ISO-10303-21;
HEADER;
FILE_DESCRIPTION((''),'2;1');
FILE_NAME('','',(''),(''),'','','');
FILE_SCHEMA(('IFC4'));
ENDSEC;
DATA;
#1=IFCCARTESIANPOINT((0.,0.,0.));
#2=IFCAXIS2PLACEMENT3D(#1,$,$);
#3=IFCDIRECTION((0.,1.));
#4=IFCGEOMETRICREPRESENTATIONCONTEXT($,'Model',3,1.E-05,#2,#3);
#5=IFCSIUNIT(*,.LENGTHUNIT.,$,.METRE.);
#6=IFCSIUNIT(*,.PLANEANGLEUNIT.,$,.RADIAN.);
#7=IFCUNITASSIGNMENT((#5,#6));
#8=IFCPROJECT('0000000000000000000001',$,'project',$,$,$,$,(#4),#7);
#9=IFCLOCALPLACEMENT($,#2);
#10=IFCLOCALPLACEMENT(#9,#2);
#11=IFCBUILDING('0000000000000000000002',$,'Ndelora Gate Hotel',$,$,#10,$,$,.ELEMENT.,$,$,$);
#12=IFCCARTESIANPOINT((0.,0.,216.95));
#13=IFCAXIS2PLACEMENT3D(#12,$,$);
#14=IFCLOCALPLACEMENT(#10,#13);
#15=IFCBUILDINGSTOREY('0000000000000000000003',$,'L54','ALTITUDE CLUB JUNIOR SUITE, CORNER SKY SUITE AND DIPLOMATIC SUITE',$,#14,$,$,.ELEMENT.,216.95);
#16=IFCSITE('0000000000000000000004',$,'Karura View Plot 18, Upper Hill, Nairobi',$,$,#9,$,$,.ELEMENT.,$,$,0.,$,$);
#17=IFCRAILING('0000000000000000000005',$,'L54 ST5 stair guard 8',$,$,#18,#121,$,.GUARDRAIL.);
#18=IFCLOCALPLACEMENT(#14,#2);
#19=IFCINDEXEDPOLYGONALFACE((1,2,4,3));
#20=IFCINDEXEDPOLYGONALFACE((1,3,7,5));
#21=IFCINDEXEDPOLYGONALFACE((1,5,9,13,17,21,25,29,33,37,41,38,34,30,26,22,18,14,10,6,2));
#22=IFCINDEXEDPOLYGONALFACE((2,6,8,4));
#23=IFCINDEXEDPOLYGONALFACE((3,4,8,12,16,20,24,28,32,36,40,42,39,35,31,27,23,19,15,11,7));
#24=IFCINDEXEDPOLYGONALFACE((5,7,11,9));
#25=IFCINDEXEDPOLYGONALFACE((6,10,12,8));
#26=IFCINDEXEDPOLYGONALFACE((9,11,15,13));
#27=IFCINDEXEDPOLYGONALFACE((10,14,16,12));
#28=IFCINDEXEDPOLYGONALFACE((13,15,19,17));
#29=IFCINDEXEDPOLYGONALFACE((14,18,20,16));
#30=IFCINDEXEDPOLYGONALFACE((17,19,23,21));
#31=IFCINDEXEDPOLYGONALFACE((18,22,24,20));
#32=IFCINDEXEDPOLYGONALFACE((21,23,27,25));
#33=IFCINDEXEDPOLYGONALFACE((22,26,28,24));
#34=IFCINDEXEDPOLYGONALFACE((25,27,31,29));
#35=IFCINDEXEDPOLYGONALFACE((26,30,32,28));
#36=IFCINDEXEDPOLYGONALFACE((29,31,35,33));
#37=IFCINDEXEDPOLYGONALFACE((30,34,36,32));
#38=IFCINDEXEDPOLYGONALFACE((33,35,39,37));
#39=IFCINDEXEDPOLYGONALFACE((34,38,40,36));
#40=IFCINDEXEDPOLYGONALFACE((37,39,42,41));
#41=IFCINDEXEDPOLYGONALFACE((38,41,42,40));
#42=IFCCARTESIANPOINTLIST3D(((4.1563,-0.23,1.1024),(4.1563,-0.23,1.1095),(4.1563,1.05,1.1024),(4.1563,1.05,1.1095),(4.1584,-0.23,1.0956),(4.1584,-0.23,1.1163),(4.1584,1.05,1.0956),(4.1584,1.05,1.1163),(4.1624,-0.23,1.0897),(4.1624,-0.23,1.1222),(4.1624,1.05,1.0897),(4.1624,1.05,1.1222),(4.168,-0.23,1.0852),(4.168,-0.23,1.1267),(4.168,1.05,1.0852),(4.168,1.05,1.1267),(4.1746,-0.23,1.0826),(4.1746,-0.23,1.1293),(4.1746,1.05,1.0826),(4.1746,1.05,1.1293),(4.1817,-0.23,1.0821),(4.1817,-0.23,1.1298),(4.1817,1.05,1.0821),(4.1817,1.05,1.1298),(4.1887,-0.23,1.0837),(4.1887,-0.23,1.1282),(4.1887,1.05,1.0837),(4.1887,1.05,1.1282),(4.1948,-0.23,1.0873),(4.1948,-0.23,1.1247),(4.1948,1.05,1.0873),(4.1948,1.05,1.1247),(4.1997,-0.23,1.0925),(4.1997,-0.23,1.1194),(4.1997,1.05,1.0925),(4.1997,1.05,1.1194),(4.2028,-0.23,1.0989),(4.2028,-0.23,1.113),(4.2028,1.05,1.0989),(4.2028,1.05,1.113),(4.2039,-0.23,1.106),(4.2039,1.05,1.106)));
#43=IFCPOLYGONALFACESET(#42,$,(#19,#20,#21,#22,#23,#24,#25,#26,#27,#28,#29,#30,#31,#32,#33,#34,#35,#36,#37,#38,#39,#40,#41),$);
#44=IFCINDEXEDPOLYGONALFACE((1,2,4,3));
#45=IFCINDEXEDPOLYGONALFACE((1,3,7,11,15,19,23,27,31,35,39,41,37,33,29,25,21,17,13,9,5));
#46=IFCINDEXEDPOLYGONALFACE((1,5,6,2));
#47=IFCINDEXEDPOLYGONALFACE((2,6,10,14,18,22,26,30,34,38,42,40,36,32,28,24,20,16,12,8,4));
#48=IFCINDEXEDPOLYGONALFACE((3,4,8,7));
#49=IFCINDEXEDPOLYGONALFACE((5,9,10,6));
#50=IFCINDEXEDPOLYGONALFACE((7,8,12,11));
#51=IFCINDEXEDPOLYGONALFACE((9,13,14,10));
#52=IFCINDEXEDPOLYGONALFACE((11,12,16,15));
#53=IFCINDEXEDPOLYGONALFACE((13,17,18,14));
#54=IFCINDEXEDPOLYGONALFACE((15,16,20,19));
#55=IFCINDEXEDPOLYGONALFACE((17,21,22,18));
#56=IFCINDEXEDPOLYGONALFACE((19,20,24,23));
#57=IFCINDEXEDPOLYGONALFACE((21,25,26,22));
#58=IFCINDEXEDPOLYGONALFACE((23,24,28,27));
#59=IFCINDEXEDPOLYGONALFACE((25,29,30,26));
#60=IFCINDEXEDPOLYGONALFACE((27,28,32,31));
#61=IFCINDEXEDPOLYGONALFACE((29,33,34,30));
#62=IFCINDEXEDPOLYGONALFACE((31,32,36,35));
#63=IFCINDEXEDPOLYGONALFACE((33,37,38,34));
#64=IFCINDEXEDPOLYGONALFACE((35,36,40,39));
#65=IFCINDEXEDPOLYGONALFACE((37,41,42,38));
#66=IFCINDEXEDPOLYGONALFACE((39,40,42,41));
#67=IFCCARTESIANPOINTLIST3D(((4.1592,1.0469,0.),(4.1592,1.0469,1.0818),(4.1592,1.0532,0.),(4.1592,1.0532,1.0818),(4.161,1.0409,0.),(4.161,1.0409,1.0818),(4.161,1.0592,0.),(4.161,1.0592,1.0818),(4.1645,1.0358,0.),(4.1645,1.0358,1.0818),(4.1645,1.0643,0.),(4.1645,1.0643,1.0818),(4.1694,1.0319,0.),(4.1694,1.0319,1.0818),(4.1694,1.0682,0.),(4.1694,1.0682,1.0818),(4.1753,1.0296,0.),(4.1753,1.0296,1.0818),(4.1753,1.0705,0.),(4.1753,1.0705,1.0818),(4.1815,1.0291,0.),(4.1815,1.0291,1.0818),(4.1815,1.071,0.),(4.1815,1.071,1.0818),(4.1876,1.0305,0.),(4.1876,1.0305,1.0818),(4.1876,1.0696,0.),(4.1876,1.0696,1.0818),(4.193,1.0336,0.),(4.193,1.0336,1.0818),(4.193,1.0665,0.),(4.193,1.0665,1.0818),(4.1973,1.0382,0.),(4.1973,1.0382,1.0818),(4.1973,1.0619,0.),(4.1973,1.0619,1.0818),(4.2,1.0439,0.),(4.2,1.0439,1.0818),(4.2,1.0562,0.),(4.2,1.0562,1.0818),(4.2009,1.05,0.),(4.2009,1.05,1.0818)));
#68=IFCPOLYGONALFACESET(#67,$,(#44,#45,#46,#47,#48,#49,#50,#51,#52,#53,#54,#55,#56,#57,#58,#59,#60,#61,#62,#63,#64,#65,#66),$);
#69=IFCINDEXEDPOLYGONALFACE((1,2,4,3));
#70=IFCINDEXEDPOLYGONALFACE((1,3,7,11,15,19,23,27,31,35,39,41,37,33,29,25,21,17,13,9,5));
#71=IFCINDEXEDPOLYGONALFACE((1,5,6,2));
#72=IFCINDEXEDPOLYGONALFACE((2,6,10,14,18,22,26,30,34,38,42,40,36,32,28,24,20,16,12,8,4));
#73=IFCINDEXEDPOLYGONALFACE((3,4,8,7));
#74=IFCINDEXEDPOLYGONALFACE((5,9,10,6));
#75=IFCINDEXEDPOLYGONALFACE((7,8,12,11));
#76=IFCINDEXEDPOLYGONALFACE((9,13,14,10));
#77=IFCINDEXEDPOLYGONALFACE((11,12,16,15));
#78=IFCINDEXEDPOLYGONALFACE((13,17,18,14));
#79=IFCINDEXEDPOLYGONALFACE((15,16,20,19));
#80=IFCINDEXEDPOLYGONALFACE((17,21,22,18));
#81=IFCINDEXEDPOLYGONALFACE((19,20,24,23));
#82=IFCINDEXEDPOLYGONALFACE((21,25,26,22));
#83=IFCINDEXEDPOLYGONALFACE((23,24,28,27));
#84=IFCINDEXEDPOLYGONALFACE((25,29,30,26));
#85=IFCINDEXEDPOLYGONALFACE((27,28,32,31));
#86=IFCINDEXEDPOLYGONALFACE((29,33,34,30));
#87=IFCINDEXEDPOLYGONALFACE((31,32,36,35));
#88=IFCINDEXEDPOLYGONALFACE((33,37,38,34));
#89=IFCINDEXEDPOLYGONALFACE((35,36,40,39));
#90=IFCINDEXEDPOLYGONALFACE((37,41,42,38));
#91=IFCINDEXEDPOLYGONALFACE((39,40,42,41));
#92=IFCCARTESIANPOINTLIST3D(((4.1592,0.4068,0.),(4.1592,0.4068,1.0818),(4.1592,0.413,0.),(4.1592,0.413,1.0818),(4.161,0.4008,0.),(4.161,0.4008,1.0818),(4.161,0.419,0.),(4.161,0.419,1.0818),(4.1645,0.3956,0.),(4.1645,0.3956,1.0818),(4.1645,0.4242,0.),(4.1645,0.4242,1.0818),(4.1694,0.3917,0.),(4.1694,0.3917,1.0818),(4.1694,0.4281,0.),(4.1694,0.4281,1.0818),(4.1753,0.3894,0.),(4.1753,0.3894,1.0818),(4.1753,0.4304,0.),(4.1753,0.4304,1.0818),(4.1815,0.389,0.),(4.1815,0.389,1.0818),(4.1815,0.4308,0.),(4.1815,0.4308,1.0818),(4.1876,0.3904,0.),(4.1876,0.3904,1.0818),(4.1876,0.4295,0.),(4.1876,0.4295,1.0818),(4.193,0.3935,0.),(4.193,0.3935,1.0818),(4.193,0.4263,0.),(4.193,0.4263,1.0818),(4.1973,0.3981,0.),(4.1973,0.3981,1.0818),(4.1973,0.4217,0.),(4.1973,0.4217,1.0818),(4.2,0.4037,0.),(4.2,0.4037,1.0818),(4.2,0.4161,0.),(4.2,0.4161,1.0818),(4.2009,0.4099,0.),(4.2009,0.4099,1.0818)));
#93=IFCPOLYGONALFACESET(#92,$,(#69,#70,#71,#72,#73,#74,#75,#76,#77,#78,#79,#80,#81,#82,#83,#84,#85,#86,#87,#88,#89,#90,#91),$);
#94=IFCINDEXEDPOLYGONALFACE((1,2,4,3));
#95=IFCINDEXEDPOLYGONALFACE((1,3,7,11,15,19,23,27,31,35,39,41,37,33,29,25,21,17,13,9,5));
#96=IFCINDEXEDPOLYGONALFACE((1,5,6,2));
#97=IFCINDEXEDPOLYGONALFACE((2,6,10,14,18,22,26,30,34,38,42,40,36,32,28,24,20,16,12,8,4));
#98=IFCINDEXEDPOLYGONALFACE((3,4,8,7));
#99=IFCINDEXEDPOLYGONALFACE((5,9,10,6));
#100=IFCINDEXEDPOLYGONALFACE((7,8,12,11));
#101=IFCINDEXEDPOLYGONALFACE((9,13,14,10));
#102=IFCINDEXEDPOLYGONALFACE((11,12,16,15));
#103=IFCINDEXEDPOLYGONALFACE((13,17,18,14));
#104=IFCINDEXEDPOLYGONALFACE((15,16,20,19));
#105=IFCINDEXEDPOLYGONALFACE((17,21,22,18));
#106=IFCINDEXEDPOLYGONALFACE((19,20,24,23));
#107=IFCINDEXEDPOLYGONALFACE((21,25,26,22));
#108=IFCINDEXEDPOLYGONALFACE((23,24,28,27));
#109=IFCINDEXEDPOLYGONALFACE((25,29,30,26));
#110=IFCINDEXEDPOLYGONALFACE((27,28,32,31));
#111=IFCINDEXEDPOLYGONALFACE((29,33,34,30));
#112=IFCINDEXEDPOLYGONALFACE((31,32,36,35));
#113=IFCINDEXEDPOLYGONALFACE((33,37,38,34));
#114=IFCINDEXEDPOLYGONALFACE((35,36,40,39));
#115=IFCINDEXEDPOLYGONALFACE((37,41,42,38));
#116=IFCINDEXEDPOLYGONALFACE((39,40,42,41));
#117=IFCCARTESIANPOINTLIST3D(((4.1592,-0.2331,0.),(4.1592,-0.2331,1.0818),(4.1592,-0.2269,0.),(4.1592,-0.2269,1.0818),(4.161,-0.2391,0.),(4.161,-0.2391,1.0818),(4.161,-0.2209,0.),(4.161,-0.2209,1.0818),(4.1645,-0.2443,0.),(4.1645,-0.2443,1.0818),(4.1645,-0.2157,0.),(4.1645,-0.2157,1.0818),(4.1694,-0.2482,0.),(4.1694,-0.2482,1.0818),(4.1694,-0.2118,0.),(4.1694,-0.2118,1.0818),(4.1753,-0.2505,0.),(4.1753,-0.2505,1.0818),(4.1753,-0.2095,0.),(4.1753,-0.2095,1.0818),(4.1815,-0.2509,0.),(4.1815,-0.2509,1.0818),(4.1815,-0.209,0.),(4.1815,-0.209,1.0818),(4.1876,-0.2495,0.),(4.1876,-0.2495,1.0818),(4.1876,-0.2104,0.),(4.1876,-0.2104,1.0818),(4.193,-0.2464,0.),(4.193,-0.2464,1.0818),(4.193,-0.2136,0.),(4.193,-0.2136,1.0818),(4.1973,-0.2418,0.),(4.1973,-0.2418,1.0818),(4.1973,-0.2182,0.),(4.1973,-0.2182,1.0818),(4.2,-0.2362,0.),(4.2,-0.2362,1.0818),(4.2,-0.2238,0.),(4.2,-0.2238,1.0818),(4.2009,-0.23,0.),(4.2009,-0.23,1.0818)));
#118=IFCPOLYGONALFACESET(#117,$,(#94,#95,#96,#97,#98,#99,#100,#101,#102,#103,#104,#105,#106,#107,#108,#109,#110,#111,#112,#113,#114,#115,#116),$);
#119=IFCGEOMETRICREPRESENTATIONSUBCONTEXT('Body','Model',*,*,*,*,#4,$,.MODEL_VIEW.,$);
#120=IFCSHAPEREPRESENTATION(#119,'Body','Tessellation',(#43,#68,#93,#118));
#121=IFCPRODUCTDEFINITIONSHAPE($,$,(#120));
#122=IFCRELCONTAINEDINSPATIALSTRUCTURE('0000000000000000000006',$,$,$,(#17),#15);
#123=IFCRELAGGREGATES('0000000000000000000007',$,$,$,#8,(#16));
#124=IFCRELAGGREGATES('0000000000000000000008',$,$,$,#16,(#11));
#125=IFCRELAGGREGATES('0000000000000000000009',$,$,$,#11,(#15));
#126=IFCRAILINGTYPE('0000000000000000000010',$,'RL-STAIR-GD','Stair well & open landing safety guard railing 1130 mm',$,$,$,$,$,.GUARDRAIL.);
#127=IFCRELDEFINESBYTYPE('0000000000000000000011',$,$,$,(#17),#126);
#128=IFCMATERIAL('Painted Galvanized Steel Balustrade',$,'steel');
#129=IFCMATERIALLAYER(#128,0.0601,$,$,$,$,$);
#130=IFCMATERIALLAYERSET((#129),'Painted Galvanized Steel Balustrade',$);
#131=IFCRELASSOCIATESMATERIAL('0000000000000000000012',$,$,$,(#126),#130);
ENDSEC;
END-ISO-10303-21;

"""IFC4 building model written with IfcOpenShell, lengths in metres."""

from ifc_helpers import new_model, si_unit, direction, frame, origin, origin_2d, place, context, subcontext, project, spatial, circle, extrude, material, layer, layer_set, type_object, element, save


model = new_model("IFC4")

# Units and contexts
model_context = context("Model", 3, precision=1e-05, world=origin(), true_north=direction((0.0, 1.0)))
body_context = subcontext(model_context, "Body", "Model", "MODEL_VIEW")
ifc_project = project(units=[si_unit("LENGTHUNIT", "METRE"), si_unit("PLANEANGLEUNIT", "RADIAN")], contexts=[model_context])

# Site, building, storey
site_placement = place(None, origin())
site = spatial("IfcSite", under=ifc_project, at=site_placement, Name="Karura View Plot 18, Upper Hill, Nairobi", CompositionType="ELEMENT", RefElevation=0.0)
building_placement = place(site_placement, origin())
building = spatial("IfcBuilding", under=site, at=building_placement, Name="Ndelora Gate Hotel", CompositionType="ELEMENT")
storey_placement = place(building_placement, frame((0.0, 0.0, 216.95)))
storey = spatial("IfcBuildingStorey", under=building, at=storey_placement, Name="L54", Description="ALTITUDE CLUB JUNIOR SUITE, CORNER SKY SUITE AND DIPLOMATIC SUITE", CompositionType="ELEMENT", Elevation=216.95)

# Railing
ifc_material_1 = material(Name="Painted Galvanized Steel Balustrade", Category="steel")
ifc_layer_1 = layer(ifc_material_1, 0.0601)
ifc_layer_set_1 = layer_set([ifc_layer_1], Name="Painted Galvanized Steel Balustrade")
railing_type = type_object("IfcRailingType", Name="RL-STAIR-GD", Description="Stair well & open landing safety guard railing 1130 mm", PredefinedType="GUARDRAIL", material=ifc_layer_set_1)
for number, where, name in (
    (1, (4.1799, 1.05, 0.0), "L54 ST5 stair guard 8"),
):
    element("IfcRailing", number, at=place(storey_placement, frame(where)), inside=storey, type_object=railing_type, Name=name, PredefinedType="GUARDRAIL", context=body_context, shape_type="SweptSolid", body=[
        extrude(circle(Radius=0.0239, at=origin_2d()), frame((0.0, 0.0, 1.106), z_axis=(0.0, -1.0, 0.0), x_axis=(1.0, 0.0, 0.0)), (0.0, 0.0, 1.0), 1.28),
        extrude(circle(Radius=0.021, at=origin_2d()), origin(), (0.0, 0.0, 1.0), 1.0818),
        extrude(circle(Radius=0.021, at=origin_2d()), frame((0.0, -0.6401, 0.0)), (0.0, 0.0, 1.0), 1.0818),
        extrude(circle(Radius=0.021, at=origin_2d()), frame((0.0, -1.28, 0.0)), (0.0, 0.0, 1.0), 1.0818),
    ])

save(model, "model.ifc")
